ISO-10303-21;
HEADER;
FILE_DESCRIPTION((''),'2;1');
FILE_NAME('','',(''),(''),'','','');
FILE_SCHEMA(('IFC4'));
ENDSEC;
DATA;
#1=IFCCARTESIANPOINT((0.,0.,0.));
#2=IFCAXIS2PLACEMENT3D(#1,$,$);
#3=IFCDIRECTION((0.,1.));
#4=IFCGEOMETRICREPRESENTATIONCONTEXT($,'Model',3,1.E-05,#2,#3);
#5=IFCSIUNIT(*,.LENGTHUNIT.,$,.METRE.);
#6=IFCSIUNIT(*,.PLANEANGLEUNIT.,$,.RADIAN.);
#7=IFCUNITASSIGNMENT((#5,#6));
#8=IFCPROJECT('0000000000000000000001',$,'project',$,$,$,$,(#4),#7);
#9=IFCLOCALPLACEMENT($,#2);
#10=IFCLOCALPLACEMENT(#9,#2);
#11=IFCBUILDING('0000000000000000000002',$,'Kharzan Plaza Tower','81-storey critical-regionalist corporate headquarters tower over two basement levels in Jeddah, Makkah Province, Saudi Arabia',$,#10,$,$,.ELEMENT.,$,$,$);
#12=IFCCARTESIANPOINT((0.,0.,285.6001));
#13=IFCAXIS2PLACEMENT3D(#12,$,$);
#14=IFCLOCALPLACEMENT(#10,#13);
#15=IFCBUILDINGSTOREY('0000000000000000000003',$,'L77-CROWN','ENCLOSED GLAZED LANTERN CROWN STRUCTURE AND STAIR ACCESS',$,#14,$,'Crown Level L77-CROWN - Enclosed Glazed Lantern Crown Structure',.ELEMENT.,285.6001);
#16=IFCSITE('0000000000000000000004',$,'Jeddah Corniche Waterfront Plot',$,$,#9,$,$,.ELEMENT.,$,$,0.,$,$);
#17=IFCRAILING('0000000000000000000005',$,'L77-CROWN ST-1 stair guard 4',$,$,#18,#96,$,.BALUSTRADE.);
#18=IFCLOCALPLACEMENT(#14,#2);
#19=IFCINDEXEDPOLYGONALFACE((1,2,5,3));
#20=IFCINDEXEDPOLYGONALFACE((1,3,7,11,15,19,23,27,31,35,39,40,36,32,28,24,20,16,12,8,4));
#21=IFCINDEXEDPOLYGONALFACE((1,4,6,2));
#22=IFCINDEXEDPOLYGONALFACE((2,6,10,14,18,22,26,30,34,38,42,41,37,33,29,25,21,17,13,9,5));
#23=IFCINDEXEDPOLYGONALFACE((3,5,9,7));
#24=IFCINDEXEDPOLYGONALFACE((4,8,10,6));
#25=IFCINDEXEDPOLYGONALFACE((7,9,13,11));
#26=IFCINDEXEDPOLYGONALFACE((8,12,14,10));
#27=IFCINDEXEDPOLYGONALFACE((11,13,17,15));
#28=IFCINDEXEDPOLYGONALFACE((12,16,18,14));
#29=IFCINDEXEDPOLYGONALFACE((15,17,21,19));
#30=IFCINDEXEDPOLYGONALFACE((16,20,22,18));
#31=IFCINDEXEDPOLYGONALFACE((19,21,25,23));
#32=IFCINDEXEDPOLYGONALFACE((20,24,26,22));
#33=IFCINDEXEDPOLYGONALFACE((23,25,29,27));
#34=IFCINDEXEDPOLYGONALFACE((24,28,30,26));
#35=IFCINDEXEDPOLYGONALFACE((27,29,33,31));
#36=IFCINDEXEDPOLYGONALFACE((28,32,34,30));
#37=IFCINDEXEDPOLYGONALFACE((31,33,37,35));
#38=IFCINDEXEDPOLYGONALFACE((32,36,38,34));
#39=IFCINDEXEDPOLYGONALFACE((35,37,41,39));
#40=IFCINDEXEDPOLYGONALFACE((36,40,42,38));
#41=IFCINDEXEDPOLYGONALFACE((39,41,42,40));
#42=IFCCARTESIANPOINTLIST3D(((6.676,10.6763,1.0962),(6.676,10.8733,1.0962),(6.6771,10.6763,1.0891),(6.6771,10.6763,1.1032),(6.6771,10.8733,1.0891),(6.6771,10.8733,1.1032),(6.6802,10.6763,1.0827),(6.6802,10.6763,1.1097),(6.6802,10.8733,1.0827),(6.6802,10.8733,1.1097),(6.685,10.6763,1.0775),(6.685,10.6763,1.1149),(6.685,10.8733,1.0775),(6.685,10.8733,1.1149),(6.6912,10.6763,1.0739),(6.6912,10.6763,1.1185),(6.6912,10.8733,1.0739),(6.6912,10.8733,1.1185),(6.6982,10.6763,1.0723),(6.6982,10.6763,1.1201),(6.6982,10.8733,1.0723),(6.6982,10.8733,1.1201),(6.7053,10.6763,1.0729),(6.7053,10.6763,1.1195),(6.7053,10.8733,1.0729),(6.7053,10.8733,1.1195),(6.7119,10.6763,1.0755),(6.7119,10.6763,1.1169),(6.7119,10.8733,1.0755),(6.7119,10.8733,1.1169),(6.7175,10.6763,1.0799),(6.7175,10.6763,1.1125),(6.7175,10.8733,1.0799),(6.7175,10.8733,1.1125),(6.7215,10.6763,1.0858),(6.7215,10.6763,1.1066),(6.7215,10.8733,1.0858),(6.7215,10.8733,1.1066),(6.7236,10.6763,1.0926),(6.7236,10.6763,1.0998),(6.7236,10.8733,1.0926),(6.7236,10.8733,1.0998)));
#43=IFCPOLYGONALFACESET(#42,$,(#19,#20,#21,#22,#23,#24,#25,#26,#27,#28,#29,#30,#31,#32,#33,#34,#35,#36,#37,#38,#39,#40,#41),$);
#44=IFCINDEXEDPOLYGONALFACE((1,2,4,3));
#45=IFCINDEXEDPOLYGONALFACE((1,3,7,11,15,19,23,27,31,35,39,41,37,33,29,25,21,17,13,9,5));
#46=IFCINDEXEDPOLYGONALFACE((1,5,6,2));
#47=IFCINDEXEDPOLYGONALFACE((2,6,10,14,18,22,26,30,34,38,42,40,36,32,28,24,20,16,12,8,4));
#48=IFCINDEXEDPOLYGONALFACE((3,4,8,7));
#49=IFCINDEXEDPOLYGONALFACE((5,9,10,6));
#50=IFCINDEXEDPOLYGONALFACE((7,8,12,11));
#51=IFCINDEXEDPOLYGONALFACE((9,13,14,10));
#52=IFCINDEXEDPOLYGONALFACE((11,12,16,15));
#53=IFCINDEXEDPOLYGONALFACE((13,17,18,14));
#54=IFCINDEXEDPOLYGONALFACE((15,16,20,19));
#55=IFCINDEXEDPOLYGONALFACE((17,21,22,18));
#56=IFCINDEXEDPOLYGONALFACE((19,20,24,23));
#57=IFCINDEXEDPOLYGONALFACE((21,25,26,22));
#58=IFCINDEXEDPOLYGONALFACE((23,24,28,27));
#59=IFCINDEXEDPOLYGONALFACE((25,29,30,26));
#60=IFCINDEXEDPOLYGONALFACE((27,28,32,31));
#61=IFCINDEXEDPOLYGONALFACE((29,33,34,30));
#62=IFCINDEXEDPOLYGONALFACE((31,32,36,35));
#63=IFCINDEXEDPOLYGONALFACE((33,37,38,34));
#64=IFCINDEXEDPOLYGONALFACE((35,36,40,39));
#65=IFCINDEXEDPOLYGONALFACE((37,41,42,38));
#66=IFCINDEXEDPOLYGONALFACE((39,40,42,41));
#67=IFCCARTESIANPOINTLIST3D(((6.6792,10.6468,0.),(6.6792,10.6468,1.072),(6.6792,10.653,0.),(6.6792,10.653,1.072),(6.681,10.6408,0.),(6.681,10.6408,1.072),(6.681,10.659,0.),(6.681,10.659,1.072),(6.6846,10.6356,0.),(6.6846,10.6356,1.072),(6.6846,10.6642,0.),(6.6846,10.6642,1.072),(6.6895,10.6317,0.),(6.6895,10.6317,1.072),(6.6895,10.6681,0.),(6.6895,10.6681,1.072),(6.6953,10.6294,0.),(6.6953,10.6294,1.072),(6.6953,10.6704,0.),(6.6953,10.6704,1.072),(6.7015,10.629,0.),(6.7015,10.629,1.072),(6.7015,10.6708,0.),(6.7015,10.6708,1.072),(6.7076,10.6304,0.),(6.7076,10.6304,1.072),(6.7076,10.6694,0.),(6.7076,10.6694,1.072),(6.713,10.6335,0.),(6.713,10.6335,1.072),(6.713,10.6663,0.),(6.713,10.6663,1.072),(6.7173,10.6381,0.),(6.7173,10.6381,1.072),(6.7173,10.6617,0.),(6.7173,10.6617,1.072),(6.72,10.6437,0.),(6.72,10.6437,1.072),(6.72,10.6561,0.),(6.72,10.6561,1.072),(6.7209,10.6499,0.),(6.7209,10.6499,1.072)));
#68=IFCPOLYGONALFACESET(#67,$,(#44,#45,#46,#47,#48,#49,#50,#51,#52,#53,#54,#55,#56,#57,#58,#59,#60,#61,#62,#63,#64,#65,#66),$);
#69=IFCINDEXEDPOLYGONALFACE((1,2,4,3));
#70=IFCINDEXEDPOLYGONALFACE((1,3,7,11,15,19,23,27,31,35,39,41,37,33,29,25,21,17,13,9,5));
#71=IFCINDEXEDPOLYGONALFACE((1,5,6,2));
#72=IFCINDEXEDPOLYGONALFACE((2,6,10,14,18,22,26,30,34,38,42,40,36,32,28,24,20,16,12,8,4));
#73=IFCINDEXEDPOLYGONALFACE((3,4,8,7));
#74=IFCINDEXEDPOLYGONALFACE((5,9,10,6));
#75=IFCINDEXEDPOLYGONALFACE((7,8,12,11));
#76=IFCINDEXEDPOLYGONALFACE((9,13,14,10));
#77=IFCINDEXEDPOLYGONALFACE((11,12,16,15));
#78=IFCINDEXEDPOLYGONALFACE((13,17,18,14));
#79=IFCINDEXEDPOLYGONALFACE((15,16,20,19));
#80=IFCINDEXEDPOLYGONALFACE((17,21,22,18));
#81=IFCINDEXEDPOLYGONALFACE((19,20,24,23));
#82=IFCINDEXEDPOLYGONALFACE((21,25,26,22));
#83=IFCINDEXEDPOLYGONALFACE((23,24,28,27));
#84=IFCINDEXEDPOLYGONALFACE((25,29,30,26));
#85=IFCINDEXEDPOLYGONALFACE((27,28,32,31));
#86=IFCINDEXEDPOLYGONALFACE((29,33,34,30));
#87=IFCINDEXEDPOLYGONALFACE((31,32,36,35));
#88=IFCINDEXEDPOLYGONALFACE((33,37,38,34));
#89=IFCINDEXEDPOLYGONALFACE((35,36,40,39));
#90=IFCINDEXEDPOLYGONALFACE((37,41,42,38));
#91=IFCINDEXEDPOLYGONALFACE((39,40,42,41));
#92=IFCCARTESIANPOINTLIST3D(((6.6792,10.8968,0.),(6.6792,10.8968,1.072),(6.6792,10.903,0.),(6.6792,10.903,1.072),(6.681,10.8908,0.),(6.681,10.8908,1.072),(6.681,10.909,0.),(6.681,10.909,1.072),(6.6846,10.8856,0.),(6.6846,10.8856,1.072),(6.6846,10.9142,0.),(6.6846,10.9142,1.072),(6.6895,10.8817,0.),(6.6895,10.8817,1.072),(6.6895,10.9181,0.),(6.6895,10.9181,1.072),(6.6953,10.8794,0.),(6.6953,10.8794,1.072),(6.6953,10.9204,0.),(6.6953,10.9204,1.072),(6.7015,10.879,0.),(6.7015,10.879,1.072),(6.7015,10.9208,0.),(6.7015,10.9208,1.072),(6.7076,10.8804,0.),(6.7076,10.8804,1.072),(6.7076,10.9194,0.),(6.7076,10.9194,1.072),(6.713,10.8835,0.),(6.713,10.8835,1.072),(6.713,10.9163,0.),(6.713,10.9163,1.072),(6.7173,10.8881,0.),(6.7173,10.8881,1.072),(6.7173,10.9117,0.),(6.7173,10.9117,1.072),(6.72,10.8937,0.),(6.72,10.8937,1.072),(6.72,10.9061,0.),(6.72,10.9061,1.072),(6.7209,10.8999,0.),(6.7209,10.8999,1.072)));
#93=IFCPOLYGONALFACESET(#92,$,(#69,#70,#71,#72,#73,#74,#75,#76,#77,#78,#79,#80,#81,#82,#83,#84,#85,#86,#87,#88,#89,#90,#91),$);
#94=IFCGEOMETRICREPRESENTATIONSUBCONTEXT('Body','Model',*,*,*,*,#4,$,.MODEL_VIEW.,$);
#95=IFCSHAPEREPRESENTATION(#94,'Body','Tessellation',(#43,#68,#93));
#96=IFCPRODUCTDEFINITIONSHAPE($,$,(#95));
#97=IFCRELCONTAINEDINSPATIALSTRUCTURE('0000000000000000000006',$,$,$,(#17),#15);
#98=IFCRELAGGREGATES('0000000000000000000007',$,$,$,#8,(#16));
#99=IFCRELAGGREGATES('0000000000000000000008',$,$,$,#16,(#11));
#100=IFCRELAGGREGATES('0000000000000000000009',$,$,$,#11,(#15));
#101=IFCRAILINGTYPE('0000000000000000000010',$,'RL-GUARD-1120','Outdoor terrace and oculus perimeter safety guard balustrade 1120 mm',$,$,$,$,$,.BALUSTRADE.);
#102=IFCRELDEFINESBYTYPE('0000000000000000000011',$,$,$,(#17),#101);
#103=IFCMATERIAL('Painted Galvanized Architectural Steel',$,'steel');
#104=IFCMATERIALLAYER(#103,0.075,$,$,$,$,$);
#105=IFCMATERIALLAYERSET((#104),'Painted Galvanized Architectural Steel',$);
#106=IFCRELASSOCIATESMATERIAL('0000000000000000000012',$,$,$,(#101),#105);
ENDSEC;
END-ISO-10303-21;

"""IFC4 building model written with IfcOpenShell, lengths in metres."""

from ifc_helpers import new_model, si_unit, direction, frame, origin, origin_2d, place, context, subcontext, project, spatial, circle, extrude, source, transform, mapped, material, layer, layer_set, type_object, element, save


model = new_model("IFC4")

# Units and contexts
model_context = context("Model", 3, precision=1e-05, world=origin(), true_north=direction((0.0, 1.0)))
body_context = subcontext(model_context, "Body", "Model", "MODEL_VIEW")
ifc_project = project(units=[si_unit("LENGTHUNIT", "METRE"), si_unit("PLANEANGLEUNIT", "RADIAN")], contexts=[model_context])

# Site, building, storey
site_placement = place(None, origin())
site = spatial("IfcSite", under=ifc_project, at=site_placement, Name="Jeddah Corniche Waterfront Plot", CompositionType="ELEMENT", RefElevation=0.0)
building_placement = place(site_placement, origin())
building = spatial("IfcBuilding", under=site, at=building_placement, Name="Kharzan Plaza Tower", Description="81-storey critical-regionalist corporate headquarters tower over two basement levels in Jeddah, Makkah Province, Saudi Arabia", CompositionType="ELEMENT")
storey_placement = place(building_placement, frame((0.0, 0.0, 285.6001)))
storey = spatial("IfcBuildingStorey", under=building, at=storey_placement, Name="L77-CROWN", Description="ENCLOSED GLAZED LANTERN CROWN STRUCTURE AND STAIR ACCESS", LongName="Crown Level L77-CROWN - Enclosed Glazed Lantern Crown Structure", CompositionType="ELEMENT", Elevation=285.6001)

# Railing
ifc_material_1 = material(Name="Painted Galvanized Architectural Steel", Category="steel")
ifc_layer_1 = layer(ifc_material_1, 0.075)
ifc_layer_set_1 = layer_set([ifc_layer_1], Name="Painted Galvanized Architectural Steel")
railing_type_1 = type_object("IfcRailingType", Name="RL-GUARD-1120", Description="Outdoor terrace and oculus perimeter safety guard balustrade 1120 mm", PredefinedType="BALUSTRADE", material=ifc_layer_set_1)
shared_shape_1 = source(origin(), body_context, "Body", "SweptSolid", [
    extrude(circle(Radius=0.0239, at=origin_2d()), frame((0.0, 0.0264, 1.0962), z_axis=(0.0, 1.0, 0.0), x_axis=(-1.0, 0.0, 0.0)), (0.0, 0.0, 1.0), 0.197),
    extrude(circle(Radius=0.021, at=origin_2d()), origin(), (0.0, 0.0, 1.0), 1.072),
    extrude(circle(Radius=0.021, at=origin_2d()), frame((0.0, 0.25, 0.0)), (0.0, 0.0, 1.0), 1.072),
])
railing_1_placement = place(storey_placement, frame((6.7, 10.6499, 0.0)))
element("IfcRailing", 1, at=railing_1_placement, inside=storey, type_object=railing_type_1, Name="L77-CROWN ST-1 stair guard 4", PredefinedType="BALUSTRADE", context=body_context, shape_type="MappedRepresentation", body=[
    mapped(shared_shape_1, transform((0.0, 0.0, 0.0), x_axis=(1.0, 0.0, 0.0), y_axis=(0.0, 1.0, 0.0), z_axis=(0.0, 0.0, 1.0))),
])

save(model, "model.ifc")
